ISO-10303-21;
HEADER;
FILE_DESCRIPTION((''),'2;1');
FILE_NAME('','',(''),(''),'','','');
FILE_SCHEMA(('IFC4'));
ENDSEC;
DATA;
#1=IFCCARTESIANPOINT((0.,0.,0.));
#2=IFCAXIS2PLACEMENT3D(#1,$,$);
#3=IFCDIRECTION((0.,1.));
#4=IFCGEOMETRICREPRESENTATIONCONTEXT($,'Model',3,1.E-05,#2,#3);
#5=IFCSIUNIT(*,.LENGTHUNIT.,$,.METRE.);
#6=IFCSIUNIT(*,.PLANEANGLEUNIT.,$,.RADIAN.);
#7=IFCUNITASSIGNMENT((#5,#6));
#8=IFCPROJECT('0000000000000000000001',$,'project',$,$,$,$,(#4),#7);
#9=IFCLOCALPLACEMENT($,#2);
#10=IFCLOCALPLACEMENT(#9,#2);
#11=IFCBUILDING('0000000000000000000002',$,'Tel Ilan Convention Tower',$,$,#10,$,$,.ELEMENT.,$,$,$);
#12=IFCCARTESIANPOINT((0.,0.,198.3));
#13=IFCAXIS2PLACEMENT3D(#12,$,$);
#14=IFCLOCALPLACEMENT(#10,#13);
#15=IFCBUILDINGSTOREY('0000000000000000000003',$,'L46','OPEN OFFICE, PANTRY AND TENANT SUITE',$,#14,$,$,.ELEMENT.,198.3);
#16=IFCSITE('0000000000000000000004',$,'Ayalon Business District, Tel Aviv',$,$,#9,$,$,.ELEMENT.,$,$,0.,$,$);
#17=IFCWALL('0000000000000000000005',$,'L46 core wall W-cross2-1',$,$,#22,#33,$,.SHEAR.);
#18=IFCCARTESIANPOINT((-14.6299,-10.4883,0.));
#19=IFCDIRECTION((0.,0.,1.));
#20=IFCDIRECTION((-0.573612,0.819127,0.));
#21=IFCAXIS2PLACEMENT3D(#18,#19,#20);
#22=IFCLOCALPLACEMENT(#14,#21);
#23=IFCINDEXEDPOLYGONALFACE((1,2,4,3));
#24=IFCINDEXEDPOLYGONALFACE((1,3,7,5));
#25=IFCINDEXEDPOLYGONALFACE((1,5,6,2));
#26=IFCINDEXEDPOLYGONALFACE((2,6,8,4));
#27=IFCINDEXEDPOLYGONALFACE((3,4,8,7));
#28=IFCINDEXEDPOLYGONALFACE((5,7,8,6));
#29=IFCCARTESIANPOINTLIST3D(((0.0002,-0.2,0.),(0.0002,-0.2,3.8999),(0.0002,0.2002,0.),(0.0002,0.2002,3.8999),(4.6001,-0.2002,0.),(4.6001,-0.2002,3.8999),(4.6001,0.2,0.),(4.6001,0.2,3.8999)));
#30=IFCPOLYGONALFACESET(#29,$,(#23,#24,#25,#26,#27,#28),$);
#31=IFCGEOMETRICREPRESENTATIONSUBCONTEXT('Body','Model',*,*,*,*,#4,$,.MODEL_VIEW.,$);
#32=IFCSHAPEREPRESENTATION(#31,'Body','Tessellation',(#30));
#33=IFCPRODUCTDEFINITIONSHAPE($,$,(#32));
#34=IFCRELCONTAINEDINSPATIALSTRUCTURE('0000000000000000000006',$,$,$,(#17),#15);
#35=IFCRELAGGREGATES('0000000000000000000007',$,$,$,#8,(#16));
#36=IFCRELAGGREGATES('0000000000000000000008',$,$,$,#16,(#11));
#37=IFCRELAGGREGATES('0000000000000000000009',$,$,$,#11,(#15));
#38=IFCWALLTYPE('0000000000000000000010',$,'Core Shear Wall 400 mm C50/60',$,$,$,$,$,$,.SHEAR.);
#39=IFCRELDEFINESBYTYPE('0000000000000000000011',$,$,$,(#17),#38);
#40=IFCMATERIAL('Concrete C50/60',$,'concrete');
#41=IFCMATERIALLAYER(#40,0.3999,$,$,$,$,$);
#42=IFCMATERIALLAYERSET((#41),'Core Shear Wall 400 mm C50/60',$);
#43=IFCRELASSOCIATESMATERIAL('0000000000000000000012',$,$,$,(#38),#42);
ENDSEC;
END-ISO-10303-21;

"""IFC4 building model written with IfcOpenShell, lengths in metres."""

from ifc_helpers import new_model, si_unit, direction, frame, origin, place, context, subcontext, project, spatial, polyline, outline, extrude, material, layer, layer_set, type_object, element, save


model = new_model("IFC4")

# Units and contexts
model_context = context("Model", 3, precision=1e-05, world=origin(), true_north=direction((0.0, 1.0)))
body_context = subcontext(model_context, "Body", "Model", "MODEL_VIEW")
ifc_project = project(units=[si_unit("LENGTHUNIT", "METRE"), si_unit("PLANEANGLEUNIT", "RADIAN")], contexts=[model_context])

# Site, building, storey
site_placement = place(None, origin())
site = spatial("IfcSite", under=ifc_project, at=site_placement, Name="Ayalon Business District, Tel Aviv", CompositionType="ELEMENT", RefElevation=0.0)
building_placement = place(site_placement, origin())
building = spatial("IfcBuilding", under=site, at=building_placement, Name="Tel Ilan Convention Tower", CompositionType="ELEMENT")
storey_placement = place(building_placement, frame((0.0, 0.0, 198.3)))
storey = spatial("IfcBuildingStorey", under=building, at=storey_placement, Name="L46", Description="OPEN OFFICE, PANTRY AND TENANT SUITE", CompositionType="ELEMENT", Elevation=198.3)

# Wall
ifc_material_1 = material(Name="Concrete C50/60", Category="concrete")
ifc_layer_1 = layer(ifc_material_1, 0.3999)
ifc_layer_set_1 = layer_set([ifc_layer_1], Name="Core Shear Wall 400 mm C50/60")
wall_type_1 = type_object("IfcWallType", Name="Core Shear Wall 400 mm C50/60", PredefinedType="SHEAR", material=ifc_layer_set_1)
wall_1_placement = place(storey_placement, frame((-14.6299, -10.4883, 0.0), z_axis=(0.0, 0.0, 1.0), x_axis=(-0.573612, 0.819127, 0.0)))
element("IfcWall", 1, at=wall_1_placement, inside=storey, type_object=wall_type_1, Name="L46 core wall W-cross2-1", PredefinedType="SHEAR", context=body_context, shape_type="SweptSolid", body=[
    extrude(outline(polyline([(4.6001, 0.2), (0.0002, 0.2002), (0.0002, -0.2), (4.6001, -0.2002), (4.6001, 0.2)])), origin(), (0.0, 0.0, 1.0), 3.8999),
])

save(model, "model.ifc")
